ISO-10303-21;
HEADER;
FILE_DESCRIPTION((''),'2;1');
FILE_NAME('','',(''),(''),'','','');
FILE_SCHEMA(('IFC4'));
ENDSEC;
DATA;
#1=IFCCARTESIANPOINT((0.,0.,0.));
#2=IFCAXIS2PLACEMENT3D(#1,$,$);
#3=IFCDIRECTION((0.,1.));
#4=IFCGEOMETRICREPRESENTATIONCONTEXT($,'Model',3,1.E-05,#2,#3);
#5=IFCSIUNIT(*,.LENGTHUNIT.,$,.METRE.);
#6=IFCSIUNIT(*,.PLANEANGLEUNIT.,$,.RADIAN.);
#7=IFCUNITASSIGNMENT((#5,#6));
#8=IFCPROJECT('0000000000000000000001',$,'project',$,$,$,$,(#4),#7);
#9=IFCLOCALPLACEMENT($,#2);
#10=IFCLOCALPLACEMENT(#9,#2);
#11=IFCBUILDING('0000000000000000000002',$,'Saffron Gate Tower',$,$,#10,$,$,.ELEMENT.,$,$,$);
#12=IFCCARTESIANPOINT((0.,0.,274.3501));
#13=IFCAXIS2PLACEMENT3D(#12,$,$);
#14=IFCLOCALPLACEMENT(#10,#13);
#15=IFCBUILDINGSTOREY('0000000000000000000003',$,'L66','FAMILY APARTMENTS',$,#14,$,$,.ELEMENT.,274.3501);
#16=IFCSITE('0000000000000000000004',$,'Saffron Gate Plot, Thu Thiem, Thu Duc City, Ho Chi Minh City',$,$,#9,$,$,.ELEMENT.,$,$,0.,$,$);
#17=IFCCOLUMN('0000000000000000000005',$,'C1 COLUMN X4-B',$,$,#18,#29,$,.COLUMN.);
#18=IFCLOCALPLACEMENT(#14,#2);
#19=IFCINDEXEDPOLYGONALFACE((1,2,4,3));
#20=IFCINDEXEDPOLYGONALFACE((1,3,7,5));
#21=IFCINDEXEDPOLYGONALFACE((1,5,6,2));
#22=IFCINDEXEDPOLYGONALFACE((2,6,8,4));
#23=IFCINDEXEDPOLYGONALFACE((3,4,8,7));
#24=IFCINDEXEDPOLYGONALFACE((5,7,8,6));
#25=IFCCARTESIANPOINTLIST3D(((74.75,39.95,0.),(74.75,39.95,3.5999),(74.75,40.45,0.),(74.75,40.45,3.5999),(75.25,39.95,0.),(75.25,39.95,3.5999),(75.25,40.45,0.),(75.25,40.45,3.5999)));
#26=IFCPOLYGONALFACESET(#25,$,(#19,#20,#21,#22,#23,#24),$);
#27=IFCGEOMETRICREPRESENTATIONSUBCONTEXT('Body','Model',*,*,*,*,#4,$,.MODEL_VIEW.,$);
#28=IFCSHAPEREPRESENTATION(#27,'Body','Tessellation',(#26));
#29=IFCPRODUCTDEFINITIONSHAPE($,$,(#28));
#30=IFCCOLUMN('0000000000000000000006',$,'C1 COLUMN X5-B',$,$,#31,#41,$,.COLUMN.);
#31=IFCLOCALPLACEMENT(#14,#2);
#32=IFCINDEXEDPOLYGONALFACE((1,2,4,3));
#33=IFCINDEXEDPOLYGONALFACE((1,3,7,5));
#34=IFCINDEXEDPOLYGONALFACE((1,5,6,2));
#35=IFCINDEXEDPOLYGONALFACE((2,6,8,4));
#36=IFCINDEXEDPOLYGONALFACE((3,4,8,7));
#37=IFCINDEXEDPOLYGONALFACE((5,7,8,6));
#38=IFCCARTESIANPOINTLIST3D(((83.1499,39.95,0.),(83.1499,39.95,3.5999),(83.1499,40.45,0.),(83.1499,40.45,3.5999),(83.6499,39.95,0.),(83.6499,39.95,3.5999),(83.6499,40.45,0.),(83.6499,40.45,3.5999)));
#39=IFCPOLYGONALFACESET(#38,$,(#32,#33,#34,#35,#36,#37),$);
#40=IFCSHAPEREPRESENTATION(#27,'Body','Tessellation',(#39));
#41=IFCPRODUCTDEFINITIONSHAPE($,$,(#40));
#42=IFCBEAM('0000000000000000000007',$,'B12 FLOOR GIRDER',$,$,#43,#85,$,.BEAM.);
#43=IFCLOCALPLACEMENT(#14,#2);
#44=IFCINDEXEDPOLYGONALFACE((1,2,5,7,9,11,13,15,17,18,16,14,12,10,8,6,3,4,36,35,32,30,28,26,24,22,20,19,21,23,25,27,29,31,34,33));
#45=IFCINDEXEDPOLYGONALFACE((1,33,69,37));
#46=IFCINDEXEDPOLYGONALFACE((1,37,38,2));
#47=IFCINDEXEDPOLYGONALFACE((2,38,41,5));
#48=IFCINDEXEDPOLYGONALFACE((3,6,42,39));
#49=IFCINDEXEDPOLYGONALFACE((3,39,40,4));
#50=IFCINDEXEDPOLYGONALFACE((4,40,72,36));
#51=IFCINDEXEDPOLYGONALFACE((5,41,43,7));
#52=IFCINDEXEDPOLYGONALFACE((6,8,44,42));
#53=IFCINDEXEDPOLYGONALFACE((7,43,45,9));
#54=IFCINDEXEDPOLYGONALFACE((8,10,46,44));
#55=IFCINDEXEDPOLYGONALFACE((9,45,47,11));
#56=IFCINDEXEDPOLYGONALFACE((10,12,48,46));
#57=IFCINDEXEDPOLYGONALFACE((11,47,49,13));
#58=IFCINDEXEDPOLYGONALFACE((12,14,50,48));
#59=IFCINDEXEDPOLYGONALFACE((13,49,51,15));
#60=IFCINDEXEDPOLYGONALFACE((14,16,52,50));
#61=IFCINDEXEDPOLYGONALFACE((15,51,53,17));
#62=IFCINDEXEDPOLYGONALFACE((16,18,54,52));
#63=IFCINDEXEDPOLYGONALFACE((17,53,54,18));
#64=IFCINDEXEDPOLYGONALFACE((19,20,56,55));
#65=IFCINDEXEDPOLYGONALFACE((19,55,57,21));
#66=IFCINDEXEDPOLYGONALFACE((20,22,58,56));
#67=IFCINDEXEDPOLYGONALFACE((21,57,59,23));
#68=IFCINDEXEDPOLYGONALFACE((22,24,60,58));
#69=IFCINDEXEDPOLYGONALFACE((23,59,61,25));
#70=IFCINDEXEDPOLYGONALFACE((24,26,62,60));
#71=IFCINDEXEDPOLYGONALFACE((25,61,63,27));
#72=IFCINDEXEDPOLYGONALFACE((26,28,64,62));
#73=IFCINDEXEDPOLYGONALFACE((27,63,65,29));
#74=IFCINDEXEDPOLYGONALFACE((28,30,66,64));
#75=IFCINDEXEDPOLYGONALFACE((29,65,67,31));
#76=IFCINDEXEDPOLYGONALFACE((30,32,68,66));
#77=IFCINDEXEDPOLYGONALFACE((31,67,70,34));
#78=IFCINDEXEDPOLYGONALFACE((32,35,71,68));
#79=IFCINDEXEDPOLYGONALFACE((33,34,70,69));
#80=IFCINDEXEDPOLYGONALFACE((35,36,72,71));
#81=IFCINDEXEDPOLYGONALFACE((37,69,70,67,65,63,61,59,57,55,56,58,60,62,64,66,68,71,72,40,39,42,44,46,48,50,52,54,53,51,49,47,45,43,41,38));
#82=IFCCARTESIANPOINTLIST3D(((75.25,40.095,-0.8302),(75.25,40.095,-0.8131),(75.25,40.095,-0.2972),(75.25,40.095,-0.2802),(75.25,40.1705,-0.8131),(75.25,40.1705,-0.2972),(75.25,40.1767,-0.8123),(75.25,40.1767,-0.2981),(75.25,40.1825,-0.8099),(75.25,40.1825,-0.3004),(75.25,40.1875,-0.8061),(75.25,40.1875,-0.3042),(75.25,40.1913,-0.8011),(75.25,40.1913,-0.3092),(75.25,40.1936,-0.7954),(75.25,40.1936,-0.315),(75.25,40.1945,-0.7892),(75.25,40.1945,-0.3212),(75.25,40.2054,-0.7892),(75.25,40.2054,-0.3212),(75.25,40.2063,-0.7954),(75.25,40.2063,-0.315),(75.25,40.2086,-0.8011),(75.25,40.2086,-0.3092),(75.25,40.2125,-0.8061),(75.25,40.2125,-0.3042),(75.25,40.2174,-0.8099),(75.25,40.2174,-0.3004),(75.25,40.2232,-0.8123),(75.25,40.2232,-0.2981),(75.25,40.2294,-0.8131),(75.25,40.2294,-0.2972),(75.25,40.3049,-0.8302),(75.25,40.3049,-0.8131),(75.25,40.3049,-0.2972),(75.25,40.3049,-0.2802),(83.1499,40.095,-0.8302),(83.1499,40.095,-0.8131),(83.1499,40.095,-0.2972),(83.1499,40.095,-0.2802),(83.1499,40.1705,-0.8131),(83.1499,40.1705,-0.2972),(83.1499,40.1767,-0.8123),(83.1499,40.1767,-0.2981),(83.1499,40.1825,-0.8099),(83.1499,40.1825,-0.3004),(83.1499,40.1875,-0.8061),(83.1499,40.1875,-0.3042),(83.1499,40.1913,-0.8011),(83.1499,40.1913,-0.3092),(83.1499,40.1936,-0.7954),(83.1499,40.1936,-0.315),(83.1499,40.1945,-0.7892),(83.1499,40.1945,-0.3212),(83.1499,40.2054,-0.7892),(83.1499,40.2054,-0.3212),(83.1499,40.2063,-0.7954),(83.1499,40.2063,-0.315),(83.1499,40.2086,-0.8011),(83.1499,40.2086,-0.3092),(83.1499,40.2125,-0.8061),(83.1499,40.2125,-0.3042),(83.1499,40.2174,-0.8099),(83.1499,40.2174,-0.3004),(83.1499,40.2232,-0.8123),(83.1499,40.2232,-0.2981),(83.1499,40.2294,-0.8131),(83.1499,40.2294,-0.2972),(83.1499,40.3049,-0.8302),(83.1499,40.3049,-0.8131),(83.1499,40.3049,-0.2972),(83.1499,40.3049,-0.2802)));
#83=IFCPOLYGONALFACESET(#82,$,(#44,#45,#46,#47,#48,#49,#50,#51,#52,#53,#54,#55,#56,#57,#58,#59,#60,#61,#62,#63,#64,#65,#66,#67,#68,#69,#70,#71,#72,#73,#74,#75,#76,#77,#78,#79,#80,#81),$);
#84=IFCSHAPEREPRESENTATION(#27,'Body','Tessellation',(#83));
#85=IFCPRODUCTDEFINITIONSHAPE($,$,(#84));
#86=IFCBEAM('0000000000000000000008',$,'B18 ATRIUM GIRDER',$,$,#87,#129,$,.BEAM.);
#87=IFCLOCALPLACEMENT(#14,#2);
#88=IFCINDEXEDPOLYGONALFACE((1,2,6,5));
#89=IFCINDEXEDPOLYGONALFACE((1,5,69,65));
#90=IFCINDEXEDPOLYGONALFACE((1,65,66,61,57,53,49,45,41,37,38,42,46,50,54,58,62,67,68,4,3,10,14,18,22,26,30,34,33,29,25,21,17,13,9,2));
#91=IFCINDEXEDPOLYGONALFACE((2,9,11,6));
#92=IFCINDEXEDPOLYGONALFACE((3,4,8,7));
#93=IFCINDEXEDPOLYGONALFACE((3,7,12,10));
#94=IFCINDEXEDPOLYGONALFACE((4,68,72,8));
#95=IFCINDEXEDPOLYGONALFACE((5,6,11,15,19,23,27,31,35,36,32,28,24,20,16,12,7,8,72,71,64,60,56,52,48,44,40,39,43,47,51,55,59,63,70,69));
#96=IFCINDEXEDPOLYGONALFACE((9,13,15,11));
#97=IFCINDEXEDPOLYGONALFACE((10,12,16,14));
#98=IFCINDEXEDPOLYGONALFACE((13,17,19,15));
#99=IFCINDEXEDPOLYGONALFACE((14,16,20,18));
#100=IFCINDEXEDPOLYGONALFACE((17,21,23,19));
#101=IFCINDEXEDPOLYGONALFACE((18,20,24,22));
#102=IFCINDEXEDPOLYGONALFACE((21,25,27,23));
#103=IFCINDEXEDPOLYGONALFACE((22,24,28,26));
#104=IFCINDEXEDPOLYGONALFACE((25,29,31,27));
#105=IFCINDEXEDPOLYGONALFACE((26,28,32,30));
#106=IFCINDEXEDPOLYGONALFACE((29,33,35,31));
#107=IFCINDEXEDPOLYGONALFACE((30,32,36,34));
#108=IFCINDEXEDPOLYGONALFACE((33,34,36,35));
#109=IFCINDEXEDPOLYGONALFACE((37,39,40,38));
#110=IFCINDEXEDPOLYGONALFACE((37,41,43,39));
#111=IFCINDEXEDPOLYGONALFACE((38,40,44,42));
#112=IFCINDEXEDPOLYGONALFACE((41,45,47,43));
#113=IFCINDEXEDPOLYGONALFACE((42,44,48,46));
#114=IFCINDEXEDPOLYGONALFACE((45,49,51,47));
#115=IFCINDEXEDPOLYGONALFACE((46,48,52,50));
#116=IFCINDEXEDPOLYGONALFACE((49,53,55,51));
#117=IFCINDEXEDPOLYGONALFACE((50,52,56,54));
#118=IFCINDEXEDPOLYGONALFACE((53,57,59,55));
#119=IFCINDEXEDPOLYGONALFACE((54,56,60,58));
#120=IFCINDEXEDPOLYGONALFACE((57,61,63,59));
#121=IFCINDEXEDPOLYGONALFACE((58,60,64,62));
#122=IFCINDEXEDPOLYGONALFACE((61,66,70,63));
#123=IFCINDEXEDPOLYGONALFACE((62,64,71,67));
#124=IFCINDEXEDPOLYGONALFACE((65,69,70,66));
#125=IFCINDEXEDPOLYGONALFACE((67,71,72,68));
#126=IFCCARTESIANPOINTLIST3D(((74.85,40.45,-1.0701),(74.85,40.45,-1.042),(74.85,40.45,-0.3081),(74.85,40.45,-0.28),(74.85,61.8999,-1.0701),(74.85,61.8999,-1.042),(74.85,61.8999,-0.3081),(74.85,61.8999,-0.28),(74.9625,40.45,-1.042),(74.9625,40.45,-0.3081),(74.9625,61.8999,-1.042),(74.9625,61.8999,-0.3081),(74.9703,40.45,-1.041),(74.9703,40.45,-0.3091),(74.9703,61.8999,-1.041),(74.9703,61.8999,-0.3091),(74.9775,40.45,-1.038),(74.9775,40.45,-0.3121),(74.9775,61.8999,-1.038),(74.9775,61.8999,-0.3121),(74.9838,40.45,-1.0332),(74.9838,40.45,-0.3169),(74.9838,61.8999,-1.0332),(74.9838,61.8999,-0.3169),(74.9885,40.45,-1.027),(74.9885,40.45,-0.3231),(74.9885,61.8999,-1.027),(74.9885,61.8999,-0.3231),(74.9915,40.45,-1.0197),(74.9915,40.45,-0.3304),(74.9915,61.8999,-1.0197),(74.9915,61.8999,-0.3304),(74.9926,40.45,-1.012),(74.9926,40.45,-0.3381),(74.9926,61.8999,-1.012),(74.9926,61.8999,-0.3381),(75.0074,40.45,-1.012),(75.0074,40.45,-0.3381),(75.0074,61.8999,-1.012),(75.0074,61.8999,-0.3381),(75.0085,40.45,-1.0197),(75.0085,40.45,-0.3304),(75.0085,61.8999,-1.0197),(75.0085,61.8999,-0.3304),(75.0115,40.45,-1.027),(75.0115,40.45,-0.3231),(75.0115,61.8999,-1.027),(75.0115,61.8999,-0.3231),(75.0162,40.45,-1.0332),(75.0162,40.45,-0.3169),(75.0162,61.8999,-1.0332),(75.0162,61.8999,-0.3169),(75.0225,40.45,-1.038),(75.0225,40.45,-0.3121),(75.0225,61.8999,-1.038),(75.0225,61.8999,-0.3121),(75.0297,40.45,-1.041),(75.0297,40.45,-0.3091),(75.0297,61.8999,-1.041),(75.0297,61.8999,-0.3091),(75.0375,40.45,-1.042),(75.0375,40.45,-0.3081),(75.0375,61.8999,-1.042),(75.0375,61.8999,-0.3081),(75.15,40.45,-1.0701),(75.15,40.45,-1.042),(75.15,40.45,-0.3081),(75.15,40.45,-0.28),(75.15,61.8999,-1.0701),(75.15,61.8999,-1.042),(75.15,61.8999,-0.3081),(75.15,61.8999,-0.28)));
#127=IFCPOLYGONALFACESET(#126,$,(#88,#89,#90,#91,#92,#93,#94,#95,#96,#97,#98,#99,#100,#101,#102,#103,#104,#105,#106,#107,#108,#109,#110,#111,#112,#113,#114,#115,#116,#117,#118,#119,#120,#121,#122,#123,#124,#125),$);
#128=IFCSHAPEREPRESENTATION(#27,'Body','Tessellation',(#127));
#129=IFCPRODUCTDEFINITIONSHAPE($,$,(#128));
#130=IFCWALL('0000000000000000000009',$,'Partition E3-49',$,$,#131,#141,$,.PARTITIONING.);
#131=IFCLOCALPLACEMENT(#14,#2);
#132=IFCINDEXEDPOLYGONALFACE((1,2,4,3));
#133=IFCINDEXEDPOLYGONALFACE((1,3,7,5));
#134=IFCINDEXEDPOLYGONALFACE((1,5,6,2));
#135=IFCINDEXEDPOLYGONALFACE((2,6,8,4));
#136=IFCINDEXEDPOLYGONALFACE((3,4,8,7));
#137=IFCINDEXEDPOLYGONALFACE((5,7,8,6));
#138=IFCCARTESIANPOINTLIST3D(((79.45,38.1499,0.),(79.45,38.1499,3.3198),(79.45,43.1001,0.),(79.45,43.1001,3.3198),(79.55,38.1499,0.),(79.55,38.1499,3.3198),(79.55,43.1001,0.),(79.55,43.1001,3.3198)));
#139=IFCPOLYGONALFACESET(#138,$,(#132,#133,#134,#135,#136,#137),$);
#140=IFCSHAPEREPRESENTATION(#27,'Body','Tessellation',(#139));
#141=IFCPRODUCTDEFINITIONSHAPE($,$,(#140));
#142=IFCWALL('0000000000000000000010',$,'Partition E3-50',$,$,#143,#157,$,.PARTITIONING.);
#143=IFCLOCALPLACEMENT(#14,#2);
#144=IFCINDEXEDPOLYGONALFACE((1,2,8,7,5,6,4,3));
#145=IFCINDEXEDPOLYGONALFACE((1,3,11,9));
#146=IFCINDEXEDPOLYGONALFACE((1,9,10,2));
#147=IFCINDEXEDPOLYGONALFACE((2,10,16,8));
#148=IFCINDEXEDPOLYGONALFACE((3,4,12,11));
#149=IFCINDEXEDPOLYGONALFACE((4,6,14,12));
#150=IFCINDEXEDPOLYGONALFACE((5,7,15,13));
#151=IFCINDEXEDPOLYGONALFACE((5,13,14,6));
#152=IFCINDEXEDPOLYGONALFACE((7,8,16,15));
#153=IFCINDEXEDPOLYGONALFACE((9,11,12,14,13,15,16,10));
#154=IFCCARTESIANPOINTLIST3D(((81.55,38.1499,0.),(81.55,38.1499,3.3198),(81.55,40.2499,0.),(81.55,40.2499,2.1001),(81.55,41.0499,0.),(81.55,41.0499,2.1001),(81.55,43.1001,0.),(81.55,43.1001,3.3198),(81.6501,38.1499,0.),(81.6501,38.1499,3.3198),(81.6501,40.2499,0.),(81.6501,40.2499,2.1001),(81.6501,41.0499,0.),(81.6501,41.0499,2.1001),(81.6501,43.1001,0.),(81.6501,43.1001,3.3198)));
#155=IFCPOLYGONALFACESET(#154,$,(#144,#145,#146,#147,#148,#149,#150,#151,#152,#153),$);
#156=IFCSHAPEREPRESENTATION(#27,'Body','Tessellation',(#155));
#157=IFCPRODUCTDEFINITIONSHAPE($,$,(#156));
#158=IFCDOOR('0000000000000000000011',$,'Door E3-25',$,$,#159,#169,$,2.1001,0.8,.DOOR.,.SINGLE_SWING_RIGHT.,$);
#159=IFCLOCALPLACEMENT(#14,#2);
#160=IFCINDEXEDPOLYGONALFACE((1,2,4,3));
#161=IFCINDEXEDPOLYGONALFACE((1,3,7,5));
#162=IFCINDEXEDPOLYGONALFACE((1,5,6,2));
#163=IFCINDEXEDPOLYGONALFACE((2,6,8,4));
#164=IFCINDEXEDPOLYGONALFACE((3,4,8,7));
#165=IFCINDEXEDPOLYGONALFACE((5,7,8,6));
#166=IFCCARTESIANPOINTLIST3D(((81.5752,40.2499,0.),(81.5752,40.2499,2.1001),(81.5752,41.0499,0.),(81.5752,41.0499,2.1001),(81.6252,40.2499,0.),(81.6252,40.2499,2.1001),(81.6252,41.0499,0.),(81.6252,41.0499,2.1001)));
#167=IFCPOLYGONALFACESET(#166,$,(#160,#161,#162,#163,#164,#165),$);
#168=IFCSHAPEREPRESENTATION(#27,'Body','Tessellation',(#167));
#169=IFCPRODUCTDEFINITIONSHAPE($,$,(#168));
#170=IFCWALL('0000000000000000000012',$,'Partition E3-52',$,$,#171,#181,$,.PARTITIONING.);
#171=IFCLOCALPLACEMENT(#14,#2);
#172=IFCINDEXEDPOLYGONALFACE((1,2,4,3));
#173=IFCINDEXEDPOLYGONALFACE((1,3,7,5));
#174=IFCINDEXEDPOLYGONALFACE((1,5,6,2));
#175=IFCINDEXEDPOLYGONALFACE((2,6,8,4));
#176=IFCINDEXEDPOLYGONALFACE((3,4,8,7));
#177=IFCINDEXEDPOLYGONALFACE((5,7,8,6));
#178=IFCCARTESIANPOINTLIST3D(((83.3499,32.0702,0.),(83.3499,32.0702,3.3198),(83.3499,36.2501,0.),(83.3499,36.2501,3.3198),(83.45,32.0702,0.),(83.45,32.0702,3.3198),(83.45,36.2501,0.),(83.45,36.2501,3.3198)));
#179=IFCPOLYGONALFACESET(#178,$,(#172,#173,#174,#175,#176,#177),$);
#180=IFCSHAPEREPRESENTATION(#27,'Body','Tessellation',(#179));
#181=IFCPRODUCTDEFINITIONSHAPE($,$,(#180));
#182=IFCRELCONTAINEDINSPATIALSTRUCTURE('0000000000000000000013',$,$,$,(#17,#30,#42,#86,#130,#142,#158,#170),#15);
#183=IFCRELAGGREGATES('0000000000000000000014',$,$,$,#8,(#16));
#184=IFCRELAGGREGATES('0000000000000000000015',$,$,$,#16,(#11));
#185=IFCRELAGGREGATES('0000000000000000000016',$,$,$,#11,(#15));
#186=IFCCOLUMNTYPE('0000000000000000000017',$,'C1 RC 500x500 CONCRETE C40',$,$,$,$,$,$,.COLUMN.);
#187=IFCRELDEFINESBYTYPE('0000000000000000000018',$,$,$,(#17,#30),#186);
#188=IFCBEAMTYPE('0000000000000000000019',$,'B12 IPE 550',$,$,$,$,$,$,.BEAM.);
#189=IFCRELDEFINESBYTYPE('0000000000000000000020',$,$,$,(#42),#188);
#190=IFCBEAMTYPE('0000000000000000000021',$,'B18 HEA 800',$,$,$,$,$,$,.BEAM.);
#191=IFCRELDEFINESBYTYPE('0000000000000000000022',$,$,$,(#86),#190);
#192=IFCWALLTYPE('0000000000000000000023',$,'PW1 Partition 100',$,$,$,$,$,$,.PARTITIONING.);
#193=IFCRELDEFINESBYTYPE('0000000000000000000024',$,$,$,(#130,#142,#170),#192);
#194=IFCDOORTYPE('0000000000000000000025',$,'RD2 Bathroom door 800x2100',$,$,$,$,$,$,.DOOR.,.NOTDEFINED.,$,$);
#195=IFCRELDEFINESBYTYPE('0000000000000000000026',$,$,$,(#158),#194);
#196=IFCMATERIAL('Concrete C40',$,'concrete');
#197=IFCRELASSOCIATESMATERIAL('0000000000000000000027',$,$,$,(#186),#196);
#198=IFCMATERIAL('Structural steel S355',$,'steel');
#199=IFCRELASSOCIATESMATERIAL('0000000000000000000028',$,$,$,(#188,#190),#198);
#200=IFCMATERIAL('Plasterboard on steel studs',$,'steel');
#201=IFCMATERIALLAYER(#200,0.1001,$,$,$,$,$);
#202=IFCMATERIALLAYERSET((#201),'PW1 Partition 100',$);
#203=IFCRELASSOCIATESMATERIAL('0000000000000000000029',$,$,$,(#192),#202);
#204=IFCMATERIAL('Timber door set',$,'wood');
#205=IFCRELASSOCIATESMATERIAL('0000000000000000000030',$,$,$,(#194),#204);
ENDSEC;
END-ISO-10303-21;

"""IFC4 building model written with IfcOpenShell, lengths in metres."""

from ifc_helpers import new_model, si_unit, direction, frame, frame_2d, origin, origin_2d, place, context, subcontext, project, spatial, rectangle, i_section, extrude, material, layer, layer_set, material_profile, profile_set, type_object, element, fill, save


model = new_model("IFC4")

# Units and contexts
model_context = context("Model", 3, precision=1e-05, world=origin(), true_north=direction((0.0, 1.0)))
body_context = subcontext(model_context, "Body", "Model", "MODEL_VIEW")
ifc_project = project(units=[si_unit("LENGTHUNIT", "METRE"), si_unit("PLANEANGLEUNIT", "RADIAN")], contexts=[model_context])

# Site, building, storey
site_placement = place(None, origin())
site = spatial("IfcSite", under=ifc_project, at=site_placement, Name="Saffron Gate Plot, Thu Thiem, Thu Duc City, Ho Chi Minh City", CompositionType="ELEMENT", RefElevation=0.0)
building_placement = place(site_placement, origin())
building = spatial("IfcBuilding", under=site, at=building_placement, Name="Saffron Gate Tower", CompositionType="ELEMENT")
storey_placement = place(building_placement, frame((0.0, 0.0, 274.3501)))
storey = spatial("IfcBuildingStorey", under=building, at=storey_placement, Name="L66", Description="FAMILY APARTMENTS", CompositionType="ELEMENT", Elevation=274.3501)

# Columns
ifc_material_1 = material(Name="Concrete C40", Category="concrete")
ifc_material_profile_1 = material_profile(ifc_material_1, rectangle(XDim=0.5, YDim=0.5, at=origin_2d()))
ifc_profile_set_1 = profile_set([ifc_material_profile_1], Name="Concrete C40")
column_type = type_object("IfcColumnType", Name="C1 RC 500x500 CONCRETE C40", PredefinedType="COLUMN", material=ifc_profile_set_1)
for number, where, z_axis, x_axis, name in (
    (1, (75.0, 40.2, 0.0), (0.0, 0.0, 1.0), (1.0, 0.0, 0.0), "C1 COLUMN X4-B"),
    (2, (83.3999, 40.2, 0.0), (0.0, 0.0, 1.0), (1.0, 0.0, 0.0), "C1 COLUMN X5-B"),
):
    element("IfcColumn", number, at=place(storey_placement, frame(where, z_axis=z_axis, x_axis=x_axis)), inside=storey, type_object=column_type, Name=name, PredefinedType="COLUMN", context=body_context, shape_type="SweptSolid", body=[
        extrude(rectangle(XDim=0.5, YDim=0.5, at=origin_2d()), origin(), (0.0, 0.0, 1.0), 3.5999),
    ])

# Beams
ifc_material_2 = material(Name="Structural steel S355", Category="steel")
ifc_material_profile_2 = material_profile(ifc_material_2, i_section(OverallWidth=0.21, OverallDepth=0.55, WebThickness=0.011, FlangeThickness=0.0171, FilletRadius=0.0239, at=origin_2d()))
ifc_profile_set_2 = profile_set([ifc_material_profile_2], Name="Structural steel S355")
beam_type_1 = type_object("IfcBeamType", Name="B12 IPE 550", PredefinedType="BEAM", material=ifc_profile_set_2)
beam_1_placement = place(storey_placement, frame((75.25, 40.2, -0.5552), z_axis=(1.0, 0.0, 0.0), x_axis=(0.0, 1.0, 0.0)))
element("IfcBeam", 3, at=beam_1_placement, inside=storey, type_object=beam_type_1, Name="B12 FLOOR GIRDER", PredefinedType="BEAM", context=body_context, shape_type="SweptSolid", body=[
    extrude(i_section(OverallWidth=0.21, OverallDepth=0.55, WebThickness=0.011, FlangeThickness=0.0171, FilletRadius=0.0239, at=origin_2d()), origin(), (0.0, 0.0, 1.0), 7.8999),
])
ifc_material_profile_3 = material_profile(ifc_material_2, i_section(OverallWidth=0.3, OverallDepth=0.79, WebThickness=0.0149, FlangeThickness=0.0281, FilletRadius=0.03, at=origin_2d()))
ifc_profile_set_3 = profile_set([ifc_material_profile_3], Name="Structural steel S355")
beam_type_2 = type_object("IfcBeamType", Name="B18 HEA 800", PredefinedType="BEAM", material=ifc_profile_set_3)
beam_2_placement = place(storey_placement, frame((75.0, 40.45, -0.675), z_axis=(0.0, 1.0, 0.0), x_axis=(-1.0, 0.0, 0.0)))
element("IfcBeam", 4, at=beam_2_placement, inside=storey, type_object=beam_type_2, Name="B18 ATRIUM GIRDER", PredefinedType="BEAM", context=body_context, shape_type="SweptSolid", body=[
    extrude(i_section(OverallWidth=0.3, OverallDepth=0.79, WebThickness=0.0149, FlangeThickness=0.0281, FilletRadius=0.03, at=origin_2d()), origin(), (0.0, 0.0, 1.0), 21.45),
])

# Wall
ifc_material_3 = material(Name="Plasterboard on steel studs", Category="steel")
ifc_layer_1 = layer(ifc_material_3, 0.1001)
ifc_layer_set_1 = layer_set([ifc_layer_1], Name="PW1 Partition 100")
wall_type_1 = type_object("IfcWallType", Name="PW1 Partition 100", PredefinedType="PARTITIONING", material=ifc_layer_set_1)
wall_1_placement = place(storey_placement, frame((79.5, 43.1001, 0.0), z_axis=(0.0, 0.0, 1.0), x_axis=(0.0, -1.0, 0.0)))
element("IfcWall", 5, at=wall_1_placement, inside=storey, type_object=wall_type_1, Name="Partition E3-49", PredefinedType="PARTITIONING", context=body_context, shape_type="SweptSolid", body=[
    extrude(rectangle(XDim=4.9502, YDim=0.1001, at=frame_2d((2.4751, 0.0))), origin(), (0.0, 0.0, 1.0), 3.3198),
])

# Wall, opening, door
wall_2_placement = place(storey_placement, frame((81.6001, 38.1499, 0.0), z_axis=(0.0, 0.0, 1.0), x_axis=(0.0, 1.0, 0.0)))
wall_2 = element("IfcWall", 6, at=wall_2_placement, inside=storey, type_object=wall_type_1, Name="Partition E3-50", PredefinedType="PARTITIONING", context=body_context, shape_type="SweptSolid", body=[
    extrude(rectangle(XDim=4.9502, YDim=0.1001, at=frame_2d((2.4751, 0.0))), origin(), (0.0, 0.0, 1.0), 3.3198),
])
opening_1_placement = place(wall_2_placement, frame((2.1001, 0.0, 0.0)))
opening_1 = element("IfcOpeningElement", 7, at=opening_1_placement, cuts=wall_2, PredefinedType="OPENING", context=body_context, shape_type="SweptSolid", body=[
    extrude(rectangle(XDim=0.8, YDim=2.1001, at=frame_2d((0.3999, 1.05))), frame((0.0, 0.0601, 0.0), z_axis=(0.0, -1.0, 0.0), x_axis=(1.0, 0.0, 0.0)), (0.0, 0.0, 1.0), 0.1201),
])
ifc_material_4 = material(Name="Timber door set", Category="wood")
door_type_1 = type_object("IfcDoorType", Name="RD2 Bathroom door 800x2100", OperationType="NOTDEFINED", PredefinedType="DOOR", material=ifc_material_4)
door_1_placement = place(opening_1_placement, origin())
door_1 = element("IfcDoor", 8, at=door_1_placement, inside=storey, type_object=door_type_1, Name="Door E3-25", OperationType="SINGLE_SWING_RIGHT", OverallHeight=2.1001, OverallWidth=0.8, PredefinedType="DOOR", context=body_context, shape_type="SweptSolid", body=[
    extrude(rectangle(XDim=0.8, YDim=2.1001, at=frame_2d((0.3999, 1.05))), frame((0.0, 0.0249, 0.0), z_axis=(0.0, -1.0, 0.0), x_axis=(1.0, 0.0, 0.0)), (0.0, 0.0, 1.0), 0.05),
])
fill(opening_1, door_1)

# Wall
wall_3_placement = place(storey_placement, frame((83.3999, 36.25, 0.0), z_axis=(0.0, 0.0, 1.0), x_axis=(0.0, -1.0, 0.0)))
element("IfcWall", 9, at=wall_3_placement, inside=storey, type_object=wall_type_1, Name="Partition E3-52", PredefinedType="PARTITIONING", context=body_context, shape_type="SweptSolid", body=[
    extrude(rectangle(XDim=4.1799, YDim=0.1001, at=frame_2d((2.0898, 0.0))), origin(), (0.0, 0.0, 1.0), 3.3198),
])

save(model, "model.ifc")
